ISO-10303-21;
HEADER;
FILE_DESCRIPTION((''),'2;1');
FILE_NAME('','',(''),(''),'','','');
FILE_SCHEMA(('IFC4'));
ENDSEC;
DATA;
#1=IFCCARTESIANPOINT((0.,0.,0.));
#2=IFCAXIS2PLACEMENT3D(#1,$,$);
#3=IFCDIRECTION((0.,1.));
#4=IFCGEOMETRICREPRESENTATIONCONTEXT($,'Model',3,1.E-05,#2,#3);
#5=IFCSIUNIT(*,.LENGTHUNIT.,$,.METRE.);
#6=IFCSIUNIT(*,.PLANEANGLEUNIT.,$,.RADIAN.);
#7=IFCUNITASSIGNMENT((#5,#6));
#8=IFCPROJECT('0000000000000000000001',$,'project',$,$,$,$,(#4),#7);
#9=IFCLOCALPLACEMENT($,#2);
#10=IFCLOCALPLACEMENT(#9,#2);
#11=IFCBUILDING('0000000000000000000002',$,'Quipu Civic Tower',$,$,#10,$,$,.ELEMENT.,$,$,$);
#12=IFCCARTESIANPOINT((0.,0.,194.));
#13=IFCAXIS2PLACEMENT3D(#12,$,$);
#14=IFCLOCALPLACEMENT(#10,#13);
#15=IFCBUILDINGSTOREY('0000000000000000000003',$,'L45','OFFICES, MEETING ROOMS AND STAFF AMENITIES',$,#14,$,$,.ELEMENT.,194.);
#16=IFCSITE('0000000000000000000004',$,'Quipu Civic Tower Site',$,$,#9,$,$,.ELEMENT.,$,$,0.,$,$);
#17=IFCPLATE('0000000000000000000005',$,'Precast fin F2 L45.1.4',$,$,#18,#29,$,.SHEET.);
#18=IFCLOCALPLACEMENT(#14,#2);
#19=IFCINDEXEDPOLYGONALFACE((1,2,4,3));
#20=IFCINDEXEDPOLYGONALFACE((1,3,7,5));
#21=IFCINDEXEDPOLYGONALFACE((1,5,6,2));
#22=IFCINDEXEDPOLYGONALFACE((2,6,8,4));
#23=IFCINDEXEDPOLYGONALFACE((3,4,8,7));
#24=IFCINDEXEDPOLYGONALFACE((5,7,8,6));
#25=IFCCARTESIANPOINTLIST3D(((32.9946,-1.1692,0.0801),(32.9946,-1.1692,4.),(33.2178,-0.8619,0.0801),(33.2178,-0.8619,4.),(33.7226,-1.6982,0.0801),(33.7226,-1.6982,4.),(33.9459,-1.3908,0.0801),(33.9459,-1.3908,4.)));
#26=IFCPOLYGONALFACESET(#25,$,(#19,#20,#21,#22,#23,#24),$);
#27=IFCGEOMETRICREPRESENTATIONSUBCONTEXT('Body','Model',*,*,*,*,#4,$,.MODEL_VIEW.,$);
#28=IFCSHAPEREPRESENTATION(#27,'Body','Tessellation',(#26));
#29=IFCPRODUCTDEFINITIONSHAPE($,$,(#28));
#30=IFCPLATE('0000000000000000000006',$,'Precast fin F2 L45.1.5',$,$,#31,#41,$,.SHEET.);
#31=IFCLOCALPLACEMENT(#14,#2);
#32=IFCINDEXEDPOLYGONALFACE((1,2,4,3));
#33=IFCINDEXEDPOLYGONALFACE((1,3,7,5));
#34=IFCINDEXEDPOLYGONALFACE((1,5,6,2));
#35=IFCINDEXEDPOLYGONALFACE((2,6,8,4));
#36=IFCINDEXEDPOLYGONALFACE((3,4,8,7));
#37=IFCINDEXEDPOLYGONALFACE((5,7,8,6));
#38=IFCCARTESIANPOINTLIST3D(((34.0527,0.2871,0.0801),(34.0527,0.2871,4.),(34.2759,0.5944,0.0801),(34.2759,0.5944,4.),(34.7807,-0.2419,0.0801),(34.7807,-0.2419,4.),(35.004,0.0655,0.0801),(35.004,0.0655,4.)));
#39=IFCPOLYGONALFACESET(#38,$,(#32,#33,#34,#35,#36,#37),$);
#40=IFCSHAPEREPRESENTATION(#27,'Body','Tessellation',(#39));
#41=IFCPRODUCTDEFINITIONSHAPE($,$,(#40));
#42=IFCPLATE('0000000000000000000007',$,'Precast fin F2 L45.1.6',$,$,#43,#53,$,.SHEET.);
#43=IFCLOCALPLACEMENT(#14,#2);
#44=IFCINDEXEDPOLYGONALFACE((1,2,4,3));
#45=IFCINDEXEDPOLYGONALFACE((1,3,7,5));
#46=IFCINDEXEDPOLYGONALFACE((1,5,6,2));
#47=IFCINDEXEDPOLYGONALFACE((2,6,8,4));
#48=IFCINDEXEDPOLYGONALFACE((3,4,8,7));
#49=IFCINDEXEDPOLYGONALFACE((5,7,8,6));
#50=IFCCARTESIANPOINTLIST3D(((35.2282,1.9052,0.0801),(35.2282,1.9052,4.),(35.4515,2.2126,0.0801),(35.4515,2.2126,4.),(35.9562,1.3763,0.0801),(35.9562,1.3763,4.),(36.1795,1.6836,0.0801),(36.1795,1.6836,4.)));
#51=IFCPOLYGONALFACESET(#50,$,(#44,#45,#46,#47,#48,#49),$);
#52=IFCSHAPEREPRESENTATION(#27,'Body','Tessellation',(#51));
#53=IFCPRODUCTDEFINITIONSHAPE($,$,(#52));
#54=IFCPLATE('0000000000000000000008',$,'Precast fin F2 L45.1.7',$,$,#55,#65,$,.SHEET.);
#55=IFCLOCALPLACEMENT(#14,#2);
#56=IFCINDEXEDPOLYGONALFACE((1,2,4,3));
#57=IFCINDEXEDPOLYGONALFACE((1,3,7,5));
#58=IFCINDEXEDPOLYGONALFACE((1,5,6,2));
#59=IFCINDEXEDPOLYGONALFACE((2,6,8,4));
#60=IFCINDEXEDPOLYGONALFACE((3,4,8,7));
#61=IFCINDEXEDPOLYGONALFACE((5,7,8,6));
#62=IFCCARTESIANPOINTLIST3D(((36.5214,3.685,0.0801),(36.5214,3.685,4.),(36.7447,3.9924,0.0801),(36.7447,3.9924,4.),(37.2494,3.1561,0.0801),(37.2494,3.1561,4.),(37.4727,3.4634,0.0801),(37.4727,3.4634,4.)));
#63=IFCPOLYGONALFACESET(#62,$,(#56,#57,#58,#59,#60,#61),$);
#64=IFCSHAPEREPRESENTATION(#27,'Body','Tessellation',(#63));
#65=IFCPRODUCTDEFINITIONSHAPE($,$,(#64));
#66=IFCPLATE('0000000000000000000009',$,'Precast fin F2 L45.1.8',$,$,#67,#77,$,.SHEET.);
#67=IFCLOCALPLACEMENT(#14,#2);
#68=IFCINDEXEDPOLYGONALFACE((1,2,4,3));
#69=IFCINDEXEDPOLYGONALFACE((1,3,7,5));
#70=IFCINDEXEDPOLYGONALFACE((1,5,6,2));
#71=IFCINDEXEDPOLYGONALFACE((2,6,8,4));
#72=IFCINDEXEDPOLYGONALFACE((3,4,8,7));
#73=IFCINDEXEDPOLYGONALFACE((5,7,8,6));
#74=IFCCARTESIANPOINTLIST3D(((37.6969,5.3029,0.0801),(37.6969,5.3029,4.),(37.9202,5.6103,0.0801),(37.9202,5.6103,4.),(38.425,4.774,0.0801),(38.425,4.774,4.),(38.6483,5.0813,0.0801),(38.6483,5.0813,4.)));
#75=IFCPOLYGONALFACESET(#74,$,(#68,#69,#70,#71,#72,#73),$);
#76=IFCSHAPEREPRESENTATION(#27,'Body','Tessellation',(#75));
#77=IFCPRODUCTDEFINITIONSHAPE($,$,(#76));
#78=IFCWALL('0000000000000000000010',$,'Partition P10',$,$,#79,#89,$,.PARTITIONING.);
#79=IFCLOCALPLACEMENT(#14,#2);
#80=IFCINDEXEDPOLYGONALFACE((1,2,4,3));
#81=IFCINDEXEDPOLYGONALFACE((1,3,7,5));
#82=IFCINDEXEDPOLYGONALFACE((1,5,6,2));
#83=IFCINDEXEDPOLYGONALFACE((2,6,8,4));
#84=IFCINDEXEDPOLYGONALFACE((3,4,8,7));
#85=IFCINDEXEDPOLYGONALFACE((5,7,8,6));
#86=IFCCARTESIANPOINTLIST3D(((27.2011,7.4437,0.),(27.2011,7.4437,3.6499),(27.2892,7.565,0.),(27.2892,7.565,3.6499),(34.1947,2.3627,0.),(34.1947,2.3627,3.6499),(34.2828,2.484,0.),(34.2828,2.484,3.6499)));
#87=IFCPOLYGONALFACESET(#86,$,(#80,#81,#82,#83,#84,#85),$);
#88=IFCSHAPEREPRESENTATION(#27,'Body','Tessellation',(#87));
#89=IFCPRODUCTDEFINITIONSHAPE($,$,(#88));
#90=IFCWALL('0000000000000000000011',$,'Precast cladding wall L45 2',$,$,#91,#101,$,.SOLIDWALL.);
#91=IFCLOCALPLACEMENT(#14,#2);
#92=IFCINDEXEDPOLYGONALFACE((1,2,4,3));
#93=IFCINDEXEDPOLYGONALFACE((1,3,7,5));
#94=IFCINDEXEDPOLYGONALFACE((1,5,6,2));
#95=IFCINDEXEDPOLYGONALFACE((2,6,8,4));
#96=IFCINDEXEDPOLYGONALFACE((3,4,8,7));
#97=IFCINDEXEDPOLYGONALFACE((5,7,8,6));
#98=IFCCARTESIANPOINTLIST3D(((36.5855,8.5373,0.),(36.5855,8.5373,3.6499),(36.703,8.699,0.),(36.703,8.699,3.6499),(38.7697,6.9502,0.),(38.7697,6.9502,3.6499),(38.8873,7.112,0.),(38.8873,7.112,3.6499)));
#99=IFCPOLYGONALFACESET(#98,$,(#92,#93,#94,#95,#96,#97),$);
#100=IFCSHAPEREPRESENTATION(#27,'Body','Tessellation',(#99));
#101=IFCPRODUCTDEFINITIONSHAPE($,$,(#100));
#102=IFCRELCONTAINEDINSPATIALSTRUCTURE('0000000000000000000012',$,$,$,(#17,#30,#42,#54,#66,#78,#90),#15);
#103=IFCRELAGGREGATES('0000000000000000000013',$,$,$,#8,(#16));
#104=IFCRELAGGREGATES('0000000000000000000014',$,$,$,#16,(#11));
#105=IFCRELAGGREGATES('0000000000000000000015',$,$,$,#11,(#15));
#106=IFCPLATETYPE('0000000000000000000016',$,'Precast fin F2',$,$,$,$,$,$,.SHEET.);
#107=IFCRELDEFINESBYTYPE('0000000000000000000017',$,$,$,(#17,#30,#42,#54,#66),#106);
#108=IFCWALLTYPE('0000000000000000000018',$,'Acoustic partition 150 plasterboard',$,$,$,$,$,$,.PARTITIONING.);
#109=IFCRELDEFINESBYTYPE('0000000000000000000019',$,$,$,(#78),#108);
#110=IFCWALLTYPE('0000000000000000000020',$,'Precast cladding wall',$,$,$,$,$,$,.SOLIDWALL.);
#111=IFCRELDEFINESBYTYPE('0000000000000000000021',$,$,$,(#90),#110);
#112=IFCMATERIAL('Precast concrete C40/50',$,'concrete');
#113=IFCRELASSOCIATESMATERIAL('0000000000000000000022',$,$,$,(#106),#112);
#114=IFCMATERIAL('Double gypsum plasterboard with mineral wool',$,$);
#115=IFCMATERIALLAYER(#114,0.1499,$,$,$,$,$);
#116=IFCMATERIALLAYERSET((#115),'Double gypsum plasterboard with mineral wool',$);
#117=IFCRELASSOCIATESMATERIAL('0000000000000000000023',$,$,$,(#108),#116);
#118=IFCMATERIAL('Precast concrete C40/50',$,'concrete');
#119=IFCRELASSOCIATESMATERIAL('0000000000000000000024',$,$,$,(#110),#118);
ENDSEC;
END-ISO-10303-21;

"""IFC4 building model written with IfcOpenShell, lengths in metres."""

from ifc_helpers import new_model, si_unit, direction, frame, frame_2d, origin, origin_2d, place, context, subcontext, project, spatial, rectangle, extrude, material, layer, layer_set, type_object, element, save


model = new_model("IFC4")

# Units and contexts
model_context = context("Model", 3, precision=1e-05, world=origin(), true_north=direction((0.0, 1.0)))
body_context = subcontext(model_context, "Body", "Model", "MODEL_VIEW")
ifc_project = project(units=[si_unit("LENGTHUNIT", "METRE"), si_unit("PLANEANGLEUNIT", "RADIAN")], contexts=[model_context])

# Site, building, storey
site_placement = place(None, origin())
site = spatial("IfcSite", under=ifc_project, at=site_placement, Name="Quipu Civic Tower Site", CompositionType="ELEMENT", RefElevation=0.0)
building_placement = place(site_placement, origin())
building = spatial("IfcBuilding", under=site, at=building_placement, Name="Quipu Civic Tower", CompositionType="ELEMENT")
storey_placement = place(building_placement, frame((0.0, 0.0, 194.0)))
storey = spatial("IfcBuildingStorey", under=building, at=storey_placement, Name="L45", Description="OFFICES, MEETING ROOMS AND STAFF AMENITIES", CompositionType="ELEMENT", Elevation=194.0)

# Plates
ifc_material_1 = material(Name="Precast concrete C40/50", Category="concrete")
plate_type_1 = type_object("IfcPlateType", Name="Precast fin F2", PredefinedType="SHEET", material=ifc_material_1)
for number, where, z_axis, x_axis, name in (
    (1, (33.4702, -1.28, 0.0801), (0.0, 0.0, 1.0), (0.587787, 0.809016, 0.0), "Precast fin F2 L45.1.4"),
    (2, (34.5283, 0.1763, 0.0801), (0.0, 0.0, 1.0), (0.587787, 0.809016, 0.0), "Precast fin F2 L45.1.5"),
    (3, (35.7039, 1.7944, 0.0801), (0.0, 0.0, 1.0), (0.587787, 0.809016, 0.0), "Precast fin F2 L45.1.6"),
    (4, (36.9971, 3.5742, 0.0801), (0.0, 0.0, 1.0), (0.587787, 0.809016, 0.0), "Precast fin F2 L45.1.7"),
    (5, (38.1726, 5.1921, 0.0801), (0.0, 0.0, 1.0), (0.587787, 0.809016, 0.0), "Precast fin F2 L45.1.8"),
):
    element("IfcPlate", number, at=place(storey_placement, frame(where, z_axis=z_axis, x_axis=x_axis)), inside=storey, type_object=plate_type_1, Name=name, PredefinedType="SHEET", context=body_context, shape_type="SweptSolid", body=[
        extrude(rectangle(XDim=0.3799, YDim=0.8999, at=origin_2d()), origin(), (0.0, 0.0, 1.0), 3.9199),
    ])

# Walls
ifc_material_2 = material(Name="Double gypsum plasterboard with mineral wool")
ifc_layer_1 = layer(ifc_material_2, 0.1499)
ifc_layer_set_1 = layer_set([ifc_layer_1], Name="Double gypsum plasterboard with mineral wool")
wall_type_1 = type_object("IfcWallType", Name="Acoustic partition 150 plasterboard", PredefinedType="PARTITIONING", material=ifc_layer_set_1)
wall_1_placement = place(storey_placement, frame((34.2388, 2.4233, 0.0), z_axis=(0.0, 0.0, 1.0), x_axis=(-0.809024, 0.587775, 0.0)))
element("IfcWall", 6, at=wall_1_placement, inside=storey, type_object=wall_type_1, Name="Partition P10", PredefinedType="PARTITIONING", context=body_context, shape_type="SweptSolid", body=[
    extrude(rectangle(XDim=8.6445, YDim=0.1499, at=frame_2d((4.3223, 0.0))), origin(), (0.0, 0.0, 1.0), 3.6499),
])
ifc_material_3 = material(Name="Precast concrete C40/50", Category="concrete")
wall_type_2 = type_object("IfcWallType", Name="Precast cladding wall", PredefinedType="SOLIDWALL", material=ifc_material_3)
wall_2_placement = place(storey_placement, frame((38.8286, 7.031, 0.0), z_axis=(0.0, 0.0, 1.0), x_axis=(-0.80899, 0.587822, 0.0)))
element("IfcWall", 7, at=wall_2_placement, inside=storey, type_object=wall_type_2, Name="Precast cladding wall L45 2", PredefinedType="SOLIDWALL", context=body_context, shape_type="SweptSolid", body=[
    extrude(rectangle(XDim=2.7, YDim=0.2, at=frame_2d((1.3501, 0.0))), origin(), (0.0, 0.0, 1.0), 3.6499),
])

save(model, "model.ifc")
